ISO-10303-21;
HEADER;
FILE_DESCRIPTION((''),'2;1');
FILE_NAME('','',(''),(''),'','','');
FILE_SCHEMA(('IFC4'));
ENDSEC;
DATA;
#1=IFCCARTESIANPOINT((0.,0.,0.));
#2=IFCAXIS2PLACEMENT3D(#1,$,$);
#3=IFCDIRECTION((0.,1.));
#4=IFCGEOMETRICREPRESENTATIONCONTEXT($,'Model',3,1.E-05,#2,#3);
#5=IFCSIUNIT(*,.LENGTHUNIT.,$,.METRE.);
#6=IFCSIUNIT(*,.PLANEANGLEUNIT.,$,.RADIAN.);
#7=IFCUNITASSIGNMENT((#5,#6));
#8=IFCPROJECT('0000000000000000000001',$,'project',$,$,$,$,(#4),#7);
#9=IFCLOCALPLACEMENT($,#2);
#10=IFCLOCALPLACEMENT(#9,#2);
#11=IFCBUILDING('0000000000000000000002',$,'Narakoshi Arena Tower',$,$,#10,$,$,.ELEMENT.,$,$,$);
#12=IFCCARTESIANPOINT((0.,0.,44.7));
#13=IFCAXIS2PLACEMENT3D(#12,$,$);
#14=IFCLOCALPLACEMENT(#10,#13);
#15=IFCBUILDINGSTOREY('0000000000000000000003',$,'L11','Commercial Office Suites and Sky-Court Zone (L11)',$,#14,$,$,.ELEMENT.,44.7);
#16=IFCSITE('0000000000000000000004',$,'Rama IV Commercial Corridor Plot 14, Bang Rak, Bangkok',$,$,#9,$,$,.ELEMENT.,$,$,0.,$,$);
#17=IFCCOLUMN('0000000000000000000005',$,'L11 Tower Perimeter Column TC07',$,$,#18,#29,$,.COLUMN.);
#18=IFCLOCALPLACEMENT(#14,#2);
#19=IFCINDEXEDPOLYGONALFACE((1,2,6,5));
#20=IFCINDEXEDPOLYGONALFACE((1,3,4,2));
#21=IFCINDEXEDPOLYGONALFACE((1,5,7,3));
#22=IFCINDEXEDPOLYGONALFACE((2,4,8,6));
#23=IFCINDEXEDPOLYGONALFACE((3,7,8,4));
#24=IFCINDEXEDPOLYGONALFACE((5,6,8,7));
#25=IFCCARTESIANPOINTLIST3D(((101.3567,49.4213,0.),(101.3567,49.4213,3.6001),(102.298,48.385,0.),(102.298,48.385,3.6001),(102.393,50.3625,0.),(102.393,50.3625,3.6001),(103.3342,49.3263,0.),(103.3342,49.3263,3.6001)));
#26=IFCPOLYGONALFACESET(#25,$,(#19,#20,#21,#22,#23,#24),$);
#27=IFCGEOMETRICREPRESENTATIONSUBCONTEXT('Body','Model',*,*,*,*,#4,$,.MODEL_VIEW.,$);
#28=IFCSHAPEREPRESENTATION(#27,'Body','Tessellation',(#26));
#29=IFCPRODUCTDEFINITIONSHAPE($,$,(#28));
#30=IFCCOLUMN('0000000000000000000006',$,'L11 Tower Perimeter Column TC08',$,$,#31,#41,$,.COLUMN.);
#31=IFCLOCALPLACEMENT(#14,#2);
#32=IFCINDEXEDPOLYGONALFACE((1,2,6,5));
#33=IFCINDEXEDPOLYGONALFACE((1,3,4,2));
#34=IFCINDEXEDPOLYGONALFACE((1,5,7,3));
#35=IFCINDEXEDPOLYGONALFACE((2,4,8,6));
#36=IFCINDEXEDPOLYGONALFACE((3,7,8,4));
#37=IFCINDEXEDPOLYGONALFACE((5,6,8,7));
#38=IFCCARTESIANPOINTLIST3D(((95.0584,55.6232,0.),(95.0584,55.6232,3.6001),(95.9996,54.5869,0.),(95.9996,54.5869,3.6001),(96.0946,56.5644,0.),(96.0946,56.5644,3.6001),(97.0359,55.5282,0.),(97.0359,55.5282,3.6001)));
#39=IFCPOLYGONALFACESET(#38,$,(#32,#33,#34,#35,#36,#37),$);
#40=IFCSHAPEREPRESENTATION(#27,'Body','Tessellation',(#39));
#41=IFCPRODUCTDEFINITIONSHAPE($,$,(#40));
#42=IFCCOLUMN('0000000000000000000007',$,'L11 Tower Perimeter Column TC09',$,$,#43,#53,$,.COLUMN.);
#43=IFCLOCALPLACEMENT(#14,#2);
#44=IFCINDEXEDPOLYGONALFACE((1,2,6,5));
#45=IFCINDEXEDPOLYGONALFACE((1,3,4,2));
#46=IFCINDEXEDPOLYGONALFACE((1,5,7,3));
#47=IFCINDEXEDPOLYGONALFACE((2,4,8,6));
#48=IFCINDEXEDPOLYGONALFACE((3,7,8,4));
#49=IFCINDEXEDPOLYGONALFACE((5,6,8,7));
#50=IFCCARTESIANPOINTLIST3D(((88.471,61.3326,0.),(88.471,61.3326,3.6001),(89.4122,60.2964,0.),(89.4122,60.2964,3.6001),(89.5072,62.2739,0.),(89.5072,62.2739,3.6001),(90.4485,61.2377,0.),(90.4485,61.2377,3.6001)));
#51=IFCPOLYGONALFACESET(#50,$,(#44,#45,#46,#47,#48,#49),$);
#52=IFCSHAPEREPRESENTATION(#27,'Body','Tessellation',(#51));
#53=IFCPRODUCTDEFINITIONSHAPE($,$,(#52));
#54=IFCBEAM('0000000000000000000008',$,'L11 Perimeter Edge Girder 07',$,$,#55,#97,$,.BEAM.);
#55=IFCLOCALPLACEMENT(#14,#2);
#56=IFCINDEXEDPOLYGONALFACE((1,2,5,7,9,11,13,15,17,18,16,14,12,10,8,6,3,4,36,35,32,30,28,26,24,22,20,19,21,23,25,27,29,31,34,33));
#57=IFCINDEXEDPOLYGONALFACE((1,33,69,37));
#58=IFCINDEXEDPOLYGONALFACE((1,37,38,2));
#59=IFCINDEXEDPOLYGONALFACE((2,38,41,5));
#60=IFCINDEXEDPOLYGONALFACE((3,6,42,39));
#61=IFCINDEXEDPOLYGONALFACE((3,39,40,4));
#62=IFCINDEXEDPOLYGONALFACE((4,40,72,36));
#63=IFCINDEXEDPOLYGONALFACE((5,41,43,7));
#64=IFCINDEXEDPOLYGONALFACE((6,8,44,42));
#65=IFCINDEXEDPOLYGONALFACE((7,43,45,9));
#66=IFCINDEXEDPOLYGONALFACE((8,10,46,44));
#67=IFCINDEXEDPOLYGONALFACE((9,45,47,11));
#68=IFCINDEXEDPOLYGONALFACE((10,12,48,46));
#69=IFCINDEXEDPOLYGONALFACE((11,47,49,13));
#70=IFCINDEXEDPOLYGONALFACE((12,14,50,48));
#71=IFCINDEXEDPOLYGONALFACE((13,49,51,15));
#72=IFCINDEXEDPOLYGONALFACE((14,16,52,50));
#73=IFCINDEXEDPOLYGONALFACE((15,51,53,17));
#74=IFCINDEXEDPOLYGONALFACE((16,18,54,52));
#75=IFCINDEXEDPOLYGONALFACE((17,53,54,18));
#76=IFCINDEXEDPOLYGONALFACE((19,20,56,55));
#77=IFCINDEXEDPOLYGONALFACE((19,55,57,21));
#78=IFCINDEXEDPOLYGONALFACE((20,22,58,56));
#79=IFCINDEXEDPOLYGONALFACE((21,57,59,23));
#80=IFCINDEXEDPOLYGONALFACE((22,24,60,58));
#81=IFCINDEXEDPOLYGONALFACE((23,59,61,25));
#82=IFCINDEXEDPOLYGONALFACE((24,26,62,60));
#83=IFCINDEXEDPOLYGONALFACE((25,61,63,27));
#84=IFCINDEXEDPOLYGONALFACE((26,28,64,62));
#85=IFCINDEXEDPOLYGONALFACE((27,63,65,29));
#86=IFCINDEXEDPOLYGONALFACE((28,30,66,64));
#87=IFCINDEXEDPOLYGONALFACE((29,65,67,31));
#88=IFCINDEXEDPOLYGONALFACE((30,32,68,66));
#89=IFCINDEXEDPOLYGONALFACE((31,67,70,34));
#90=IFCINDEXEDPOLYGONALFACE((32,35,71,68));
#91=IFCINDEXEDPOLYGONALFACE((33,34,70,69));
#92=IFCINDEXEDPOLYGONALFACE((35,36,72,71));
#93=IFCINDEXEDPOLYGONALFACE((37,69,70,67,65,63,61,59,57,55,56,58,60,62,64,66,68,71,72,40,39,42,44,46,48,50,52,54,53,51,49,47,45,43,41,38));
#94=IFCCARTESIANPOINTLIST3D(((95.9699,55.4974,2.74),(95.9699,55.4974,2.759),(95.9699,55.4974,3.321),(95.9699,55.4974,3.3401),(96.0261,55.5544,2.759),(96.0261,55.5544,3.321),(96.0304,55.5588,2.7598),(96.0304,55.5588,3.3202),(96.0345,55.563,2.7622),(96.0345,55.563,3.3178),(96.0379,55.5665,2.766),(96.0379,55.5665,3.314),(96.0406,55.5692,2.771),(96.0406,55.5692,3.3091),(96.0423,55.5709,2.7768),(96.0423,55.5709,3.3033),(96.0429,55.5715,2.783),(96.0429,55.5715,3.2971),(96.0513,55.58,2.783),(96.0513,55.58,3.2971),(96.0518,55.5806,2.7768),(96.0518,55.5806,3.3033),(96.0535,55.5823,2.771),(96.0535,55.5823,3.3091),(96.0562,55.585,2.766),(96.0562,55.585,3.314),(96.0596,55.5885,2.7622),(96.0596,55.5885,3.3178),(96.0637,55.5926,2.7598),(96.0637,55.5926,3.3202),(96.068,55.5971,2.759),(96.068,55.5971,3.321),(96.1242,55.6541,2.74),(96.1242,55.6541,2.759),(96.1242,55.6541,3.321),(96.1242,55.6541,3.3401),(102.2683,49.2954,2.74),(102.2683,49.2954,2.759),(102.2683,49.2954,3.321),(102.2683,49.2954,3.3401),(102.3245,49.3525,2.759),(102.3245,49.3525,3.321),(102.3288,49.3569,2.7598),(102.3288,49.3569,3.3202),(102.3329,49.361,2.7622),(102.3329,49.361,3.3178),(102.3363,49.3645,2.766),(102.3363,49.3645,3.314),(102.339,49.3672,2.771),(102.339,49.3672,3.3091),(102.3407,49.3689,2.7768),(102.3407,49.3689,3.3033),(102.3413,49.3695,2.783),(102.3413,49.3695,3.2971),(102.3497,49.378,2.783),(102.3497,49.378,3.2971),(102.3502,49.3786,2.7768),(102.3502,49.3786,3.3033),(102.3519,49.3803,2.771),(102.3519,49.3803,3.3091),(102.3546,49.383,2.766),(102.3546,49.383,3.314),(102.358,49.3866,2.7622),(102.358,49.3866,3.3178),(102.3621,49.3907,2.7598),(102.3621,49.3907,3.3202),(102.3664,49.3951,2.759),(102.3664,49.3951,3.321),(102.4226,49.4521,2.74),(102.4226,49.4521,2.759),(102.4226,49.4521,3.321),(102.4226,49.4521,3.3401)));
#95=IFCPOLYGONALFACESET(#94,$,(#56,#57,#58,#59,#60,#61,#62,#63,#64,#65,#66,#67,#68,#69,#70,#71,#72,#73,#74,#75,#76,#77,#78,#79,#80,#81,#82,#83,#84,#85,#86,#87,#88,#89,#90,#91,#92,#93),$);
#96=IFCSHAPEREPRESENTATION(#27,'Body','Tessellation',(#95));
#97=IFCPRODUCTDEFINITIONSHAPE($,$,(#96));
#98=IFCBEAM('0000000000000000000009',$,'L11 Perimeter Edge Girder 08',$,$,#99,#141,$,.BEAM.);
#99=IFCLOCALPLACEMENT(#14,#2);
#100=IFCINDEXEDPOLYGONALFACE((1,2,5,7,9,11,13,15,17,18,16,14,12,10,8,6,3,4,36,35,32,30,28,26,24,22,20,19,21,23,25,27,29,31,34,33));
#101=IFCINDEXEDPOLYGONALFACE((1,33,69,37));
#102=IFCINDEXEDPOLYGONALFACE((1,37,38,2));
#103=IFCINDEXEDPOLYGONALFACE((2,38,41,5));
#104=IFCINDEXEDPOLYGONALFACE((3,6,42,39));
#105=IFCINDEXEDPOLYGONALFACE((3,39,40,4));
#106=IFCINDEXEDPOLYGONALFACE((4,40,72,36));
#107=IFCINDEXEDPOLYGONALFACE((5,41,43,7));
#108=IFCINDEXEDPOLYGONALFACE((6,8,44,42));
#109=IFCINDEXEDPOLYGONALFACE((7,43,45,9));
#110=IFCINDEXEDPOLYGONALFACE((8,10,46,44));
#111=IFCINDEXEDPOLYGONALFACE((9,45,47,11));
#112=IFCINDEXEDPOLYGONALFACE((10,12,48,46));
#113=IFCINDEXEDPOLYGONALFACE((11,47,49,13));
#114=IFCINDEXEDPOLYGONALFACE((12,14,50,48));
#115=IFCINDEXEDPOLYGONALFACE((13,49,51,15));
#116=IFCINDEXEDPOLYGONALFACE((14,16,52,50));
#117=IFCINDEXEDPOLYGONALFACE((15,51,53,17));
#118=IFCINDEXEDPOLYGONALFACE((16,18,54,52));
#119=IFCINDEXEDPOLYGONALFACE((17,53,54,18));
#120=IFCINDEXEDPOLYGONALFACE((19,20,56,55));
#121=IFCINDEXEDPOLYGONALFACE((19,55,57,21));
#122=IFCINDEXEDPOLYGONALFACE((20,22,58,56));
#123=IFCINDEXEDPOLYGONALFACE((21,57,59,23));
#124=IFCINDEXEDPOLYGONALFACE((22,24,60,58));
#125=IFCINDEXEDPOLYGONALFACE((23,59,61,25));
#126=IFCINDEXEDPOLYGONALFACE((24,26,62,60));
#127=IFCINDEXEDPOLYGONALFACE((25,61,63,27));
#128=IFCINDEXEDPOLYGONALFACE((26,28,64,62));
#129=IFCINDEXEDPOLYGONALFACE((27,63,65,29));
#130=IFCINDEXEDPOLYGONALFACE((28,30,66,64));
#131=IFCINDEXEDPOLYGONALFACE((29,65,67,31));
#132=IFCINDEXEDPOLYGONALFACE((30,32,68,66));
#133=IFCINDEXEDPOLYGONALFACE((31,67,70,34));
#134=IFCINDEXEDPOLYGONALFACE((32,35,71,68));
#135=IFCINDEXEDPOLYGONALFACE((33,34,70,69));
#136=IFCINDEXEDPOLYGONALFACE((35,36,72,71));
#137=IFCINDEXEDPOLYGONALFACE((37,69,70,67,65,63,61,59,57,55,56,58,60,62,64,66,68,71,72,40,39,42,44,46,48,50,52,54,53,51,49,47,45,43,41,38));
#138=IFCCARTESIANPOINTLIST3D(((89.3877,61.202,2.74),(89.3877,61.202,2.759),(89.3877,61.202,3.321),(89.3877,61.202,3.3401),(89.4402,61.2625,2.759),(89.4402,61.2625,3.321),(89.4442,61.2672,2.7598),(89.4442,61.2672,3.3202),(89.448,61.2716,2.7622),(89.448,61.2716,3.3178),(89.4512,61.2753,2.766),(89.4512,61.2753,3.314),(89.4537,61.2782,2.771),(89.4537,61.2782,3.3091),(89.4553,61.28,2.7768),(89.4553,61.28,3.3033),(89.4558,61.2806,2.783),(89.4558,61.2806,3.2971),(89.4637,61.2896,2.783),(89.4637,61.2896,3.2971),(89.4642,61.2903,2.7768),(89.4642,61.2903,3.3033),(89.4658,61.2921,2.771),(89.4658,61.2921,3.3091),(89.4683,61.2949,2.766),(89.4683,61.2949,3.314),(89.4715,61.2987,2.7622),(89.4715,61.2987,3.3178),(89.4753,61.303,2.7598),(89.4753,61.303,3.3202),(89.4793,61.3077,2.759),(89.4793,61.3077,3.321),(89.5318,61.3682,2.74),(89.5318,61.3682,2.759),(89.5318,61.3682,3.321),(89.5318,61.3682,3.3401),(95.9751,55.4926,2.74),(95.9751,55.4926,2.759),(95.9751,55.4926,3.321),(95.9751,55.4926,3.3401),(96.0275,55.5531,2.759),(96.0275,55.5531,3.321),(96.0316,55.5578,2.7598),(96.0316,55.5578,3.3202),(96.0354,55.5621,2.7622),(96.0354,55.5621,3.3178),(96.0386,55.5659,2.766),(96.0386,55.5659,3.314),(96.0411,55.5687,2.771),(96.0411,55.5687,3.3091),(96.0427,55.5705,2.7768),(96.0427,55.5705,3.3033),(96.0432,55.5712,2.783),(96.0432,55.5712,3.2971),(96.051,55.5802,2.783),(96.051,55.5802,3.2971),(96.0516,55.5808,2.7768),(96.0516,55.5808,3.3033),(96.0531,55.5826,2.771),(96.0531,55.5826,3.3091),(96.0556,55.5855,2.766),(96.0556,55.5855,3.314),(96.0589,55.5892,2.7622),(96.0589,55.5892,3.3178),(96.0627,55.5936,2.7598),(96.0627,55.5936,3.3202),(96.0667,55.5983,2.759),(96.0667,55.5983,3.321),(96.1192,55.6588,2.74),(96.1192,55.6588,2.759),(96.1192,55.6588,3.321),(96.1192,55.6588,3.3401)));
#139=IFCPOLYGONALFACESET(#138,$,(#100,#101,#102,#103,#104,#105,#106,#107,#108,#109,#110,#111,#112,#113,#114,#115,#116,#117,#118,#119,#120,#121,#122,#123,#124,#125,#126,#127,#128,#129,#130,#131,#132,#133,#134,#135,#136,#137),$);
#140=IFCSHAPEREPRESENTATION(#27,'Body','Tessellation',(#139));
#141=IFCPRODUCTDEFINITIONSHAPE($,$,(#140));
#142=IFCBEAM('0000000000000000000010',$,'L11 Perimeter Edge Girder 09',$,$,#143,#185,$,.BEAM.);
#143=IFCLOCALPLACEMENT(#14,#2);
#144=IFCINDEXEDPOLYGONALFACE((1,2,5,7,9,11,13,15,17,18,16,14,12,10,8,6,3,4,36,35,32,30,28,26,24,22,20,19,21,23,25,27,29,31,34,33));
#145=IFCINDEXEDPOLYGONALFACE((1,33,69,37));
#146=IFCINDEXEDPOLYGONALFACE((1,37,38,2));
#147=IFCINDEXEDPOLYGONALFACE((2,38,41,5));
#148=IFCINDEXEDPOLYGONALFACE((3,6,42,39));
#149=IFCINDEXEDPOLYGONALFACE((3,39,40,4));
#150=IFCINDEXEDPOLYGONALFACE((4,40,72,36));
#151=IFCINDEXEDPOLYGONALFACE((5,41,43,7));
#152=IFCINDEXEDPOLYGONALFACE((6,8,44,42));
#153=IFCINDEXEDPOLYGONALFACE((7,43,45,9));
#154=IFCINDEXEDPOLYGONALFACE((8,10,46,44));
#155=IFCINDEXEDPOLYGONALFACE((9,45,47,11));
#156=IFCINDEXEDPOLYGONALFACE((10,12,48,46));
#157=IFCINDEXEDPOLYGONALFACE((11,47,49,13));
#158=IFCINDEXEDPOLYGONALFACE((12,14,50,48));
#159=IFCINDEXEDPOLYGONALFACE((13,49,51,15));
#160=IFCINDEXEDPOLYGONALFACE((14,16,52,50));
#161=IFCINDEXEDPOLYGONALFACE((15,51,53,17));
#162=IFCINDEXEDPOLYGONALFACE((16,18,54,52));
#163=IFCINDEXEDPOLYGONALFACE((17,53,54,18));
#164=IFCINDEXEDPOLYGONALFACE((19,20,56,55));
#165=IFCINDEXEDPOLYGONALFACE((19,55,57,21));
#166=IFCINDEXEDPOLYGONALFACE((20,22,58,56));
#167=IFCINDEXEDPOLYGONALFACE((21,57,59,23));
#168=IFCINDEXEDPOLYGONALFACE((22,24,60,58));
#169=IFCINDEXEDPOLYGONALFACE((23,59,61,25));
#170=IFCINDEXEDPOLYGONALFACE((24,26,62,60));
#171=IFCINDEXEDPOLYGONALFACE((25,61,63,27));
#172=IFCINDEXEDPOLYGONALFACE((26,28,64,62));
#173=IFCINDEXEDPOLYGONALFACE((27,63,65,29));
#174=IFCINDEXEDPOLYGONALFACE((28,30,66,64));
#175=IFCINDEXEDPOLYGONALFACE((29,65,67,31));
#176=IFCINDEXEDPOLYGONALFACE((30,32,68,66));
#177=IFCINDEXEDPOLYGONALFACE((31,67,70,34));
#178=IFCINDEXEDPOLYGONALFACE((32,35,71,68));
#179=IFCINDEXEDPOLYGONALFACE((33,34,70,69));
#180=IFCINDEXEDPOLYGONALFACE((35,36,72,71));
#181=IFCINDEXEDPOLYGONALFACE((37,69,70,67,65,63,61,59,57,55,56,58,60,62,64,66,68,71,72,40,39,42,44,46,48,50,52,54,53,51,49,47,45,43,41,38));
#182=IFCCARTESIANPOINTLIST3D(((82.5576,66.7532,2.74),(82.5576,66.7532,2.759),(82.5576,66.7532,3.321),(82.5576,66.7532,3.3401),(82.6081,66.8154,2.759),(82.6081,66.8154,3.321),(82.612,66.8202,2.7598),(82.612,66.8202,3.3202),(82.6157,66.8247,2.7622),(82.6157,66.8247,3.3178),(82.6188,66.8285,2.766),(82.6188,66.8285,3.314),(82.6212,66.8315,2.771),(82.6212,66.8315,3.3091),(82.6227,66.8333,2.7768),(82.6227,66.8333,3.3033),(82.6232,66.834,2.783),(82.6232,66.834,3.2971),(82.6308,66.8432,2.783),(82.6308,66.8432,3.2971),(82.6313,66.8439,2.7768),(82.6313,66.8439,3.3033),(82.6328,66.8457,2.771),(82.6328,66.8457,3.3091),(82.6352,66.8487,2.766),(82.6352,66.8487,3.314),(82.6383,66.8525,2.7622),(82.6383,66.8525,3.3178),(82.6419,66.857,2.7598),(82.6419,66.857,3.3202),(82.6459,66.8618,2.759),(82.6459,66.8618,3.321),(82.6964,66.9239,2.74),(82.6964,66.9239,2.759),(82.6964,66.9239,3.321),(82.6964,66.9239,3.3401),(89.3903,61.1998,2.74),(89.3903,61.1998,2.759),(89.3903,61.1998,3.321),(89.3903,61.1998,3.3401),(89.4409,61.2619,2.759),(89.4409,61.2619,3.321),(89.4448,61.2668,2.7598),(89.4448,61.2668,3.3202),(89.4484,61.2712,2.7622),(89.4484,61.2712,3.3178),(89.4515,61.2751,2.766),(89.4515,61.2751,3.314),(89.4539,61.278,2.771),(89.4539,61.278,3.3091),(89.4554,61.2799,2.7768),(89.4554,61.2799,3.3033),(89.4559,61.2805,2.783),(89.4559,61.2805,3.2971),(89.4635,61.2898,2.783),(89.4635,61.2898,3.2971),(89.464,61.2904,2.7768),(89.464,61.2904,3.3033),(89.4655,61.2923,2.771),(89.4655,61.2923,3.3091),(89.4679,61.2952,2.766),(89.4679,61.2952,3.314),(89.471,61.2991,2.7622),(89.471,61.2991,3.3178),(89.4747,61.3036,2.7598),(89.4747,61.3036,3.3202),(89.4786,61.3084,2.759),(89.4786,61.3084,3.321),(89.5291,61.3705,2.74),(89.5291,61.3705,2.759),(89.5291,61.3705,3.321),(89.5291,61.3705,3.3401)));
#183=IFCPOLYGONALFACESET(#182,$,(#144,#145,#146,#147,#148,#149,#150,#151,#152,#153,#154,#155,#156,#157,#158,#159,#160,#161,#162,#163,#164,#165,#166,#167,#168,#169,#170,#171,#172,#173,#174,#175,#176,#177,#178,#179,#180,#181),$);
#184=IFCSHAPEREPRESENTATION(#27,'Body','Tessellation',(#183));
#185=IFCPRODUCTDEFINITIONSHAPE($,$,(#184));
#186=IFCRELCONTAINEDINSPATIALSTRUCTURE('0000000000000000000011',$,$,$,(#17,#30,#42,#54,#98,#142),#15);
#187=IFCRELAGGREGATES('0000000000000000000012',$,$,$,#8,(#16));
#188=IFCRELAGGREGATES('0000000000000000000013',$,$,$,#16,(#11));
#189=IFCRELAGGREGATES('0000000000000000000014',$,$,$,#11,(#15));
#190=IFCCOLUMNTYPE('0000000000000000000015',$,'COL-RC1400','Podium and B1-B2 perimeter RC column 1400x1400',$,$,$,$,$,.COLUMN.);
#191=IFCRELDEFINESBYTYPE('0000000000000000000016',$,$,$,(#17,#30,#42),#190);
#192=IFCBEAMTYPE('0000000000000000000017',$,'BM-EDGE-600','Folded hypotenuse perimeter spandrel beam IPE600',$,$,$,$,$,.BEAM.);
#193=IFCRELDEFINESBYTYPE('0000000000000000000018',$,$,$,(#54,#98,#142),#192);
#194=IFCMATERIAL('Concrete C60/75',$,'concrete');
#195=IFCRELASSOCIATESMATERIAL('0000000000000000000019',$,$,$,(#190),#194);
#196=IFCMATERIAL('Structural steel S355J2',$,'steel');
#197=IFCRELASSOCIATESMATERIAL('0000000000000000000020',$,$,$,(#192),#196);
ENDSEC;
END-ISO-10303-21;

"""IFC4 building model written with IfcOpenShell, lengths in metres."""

from ifc_helpers import new_model, si_unit, direction, frame, origin, origin_2d, place, context, subcontext, project, spatial, rectangle, i_section, extrude, material, material_profile, profile_set, type_object, element, save


model = new_model("IFC4")

# Units and contexts
model_context = context("Model", 3, precision=1e-05, world=origin(), true_north=direction((0.0, 1.0)))
body_context = subcontext(model_context, "Body", "Model", "MODEL_VIEW")
ifc_project = project(units=[si_unit("LENGTHUNIT", "METRE"), si_unit("PLANEANGLEUNIT", "RADIAN")], contexts=[model_context])

# Site, building, storey
site_placement = place(None, origin())
site = spatial("IfcSite", under=ifc_project, at=site_placement, Name="Rama IV Commercial Corridor Plot 14, Bang Rak, Bangkok", CompositionType="ELEMENT", RefElevation=0.0)
building_placement = place(site_placement, origin())
building = spatial("IfcBuilding", under=site, at=building_placement, Name="Narakoshi Arena Tower", CompositionType="ELEMENT")
storey_placement = place(building_placement, frame((0.0, 0.0, 44.7)))
storey = spatial("IfcBuildingStorey", under=building, at=storey_placement, Name="L11", Description="Commercial Office Suites and Sky-Court Zone (L11)", CompositionType="ELEMENT", Elevation=44.7)

# Columns
ifc_material_1 = material(Name="Concrete C60/75", Category="concrete")
ifc_material_profile_1 = material_profile(ifc_material_1, rectangle(XDim=1.3999, YDim=1.3999, at=origin_2d()), Name="RC1400x1400")
ifc_profile_set_1 = profile_set([ifc_material_profile_1], Name="Concrete C60/75")
column_type = type_object("IfcColumnType", Name="COL-RC1400", Description="Podium and B1-B2 perimeter RC column 1400x1400", PredefinedType="COLUMN", material=ifc_profile_set_1)
for number, where, z_axis, x_axis, name in (
    (1, (102.3455, 49.3738, 0.0), (0.0, 0.0, 1.0), (0.740218, 0.672367, 0.0), "L11 Tower Perimeter Column TC07"),
    (2, (96.0471, 55.5757, 0.0), (0.0, 0.0, 1.0), (0.740218, 0.672367, 0.0), "L11 Tower Perimeter Column TC08"),
    (3, (89.4597, 61.2852, 0.0), (0.0, 0.0, 1.0), (0.740218, 0.672367, 0.0), "L11 Tower Perimeter Column TC09"),
):
    element("IfcColumn", number, at=place(storey_placement, frame(where, z_axis=z_axis, x_axis=x_axis)), inside=storey, type_object=column_type, Name=name, PredefinedType="COLUMN", context=body_context, shape_type="SweptSolid", body=[
        extrude(rectangle(XDim=1.3999, YDim=1.3999, at=origin_2d()), origin(), (0.0, 0.0, 1.0), 3.6001),
    ])

# Beams
ifc_material_2 = material(Name="Structural steel S355J2", Category="steel")
ifc_material_profile_2 = material_profile(ifc_material_2, i_section(OverallWidth=0.22, OverallDepth=0.6001, WebThickness=0.012, FlangeThickness=0.019, FilletRadius=0.0239, at=origin_2d()), Name="IPE600")
ifc_profile_set_2 = profile_set([ifc_material_profile_2], Name="Structural steel S355J2")
beam_type_1 = type_object("IfcBeamType", Name="BM-EDGE-600", Description="Folded hypotenuse perimeter spandrel beam IPE600", PredefinedType="BEAM", material=ifc_profile_set_2)
beam_1_placement = place(storey_placement, frame((102.3455, 49.3738, 3.04), z_axis=(-0.712541, 0.701631, 0.0), x_axis=(-0.701631, -0.712541, 0.0)))
element("IfcBeam", 4, at=beam_1_placement, inside=storey, type_object=beam_type_1, Name="L11 Perimeter Edge Girder 07", PredefinedType="BEAM", context=body_context, shape_type="SweptSolid", body=[
    extrude(i_section(OverallWidth=0.22, OverallDepth=0.6001, WebThickness=0.012, FlangeThickness=0.019, FilletRadius=0.0239, at=origin_2d()), origin(), (0.0, 0.0, 1.0), 8.8394),
])
beam_2_placement = place(storey_placement, frame((96.0471, 55.5757, 3.04), z_axis=(-0.755667, 0.654956, 0.0), x_axis=(-0.654956, -0.755667, 0.0)))
element("IfcBeam", 5, at=beam_2_placement, inside=storey, type_object=beam_type_1, Name="L11 Perimeter Edge Girder 08", PredefinedType="BEAM", context=body_context, shape_type="SweptSolid", body=[
    extrude(i_section(OverallWidth=0.22, OverallDepth=0.6001, WebThickness=0.012, FlangeThickness=0.019, FilletRadius=0.0239, at=origin_2d()), origin(), (0.0, 0.0, 1.0), 8.7173),
])
beam_3_placement = place(storey_placement, frame((89.4597, 61.2852, 3.04), z_axis=(-0.776011, 0.630719, 0.0), x_axis=(-0.630719, -0.776011, 0.0)))
element("IfcBeam", 6, at=beam_3_placement, inside=storey, type_object=beam_type_1, Name="L11 Perimeter Edge Girder 09", PredefinedType="BEAM", context=body_context, shape_type="SweptSolid", body=[
    extrude(i_section(OverallWidth=0.22, OverallDepth=0.6001, WebThickness=0.012, FlangeThickness=0.019, FilletRadius=0.0239, at=origin_2d()), origin(), (0.0, 0.0, 1.0), 8.8049),
])

save(model, "model.ifc")
